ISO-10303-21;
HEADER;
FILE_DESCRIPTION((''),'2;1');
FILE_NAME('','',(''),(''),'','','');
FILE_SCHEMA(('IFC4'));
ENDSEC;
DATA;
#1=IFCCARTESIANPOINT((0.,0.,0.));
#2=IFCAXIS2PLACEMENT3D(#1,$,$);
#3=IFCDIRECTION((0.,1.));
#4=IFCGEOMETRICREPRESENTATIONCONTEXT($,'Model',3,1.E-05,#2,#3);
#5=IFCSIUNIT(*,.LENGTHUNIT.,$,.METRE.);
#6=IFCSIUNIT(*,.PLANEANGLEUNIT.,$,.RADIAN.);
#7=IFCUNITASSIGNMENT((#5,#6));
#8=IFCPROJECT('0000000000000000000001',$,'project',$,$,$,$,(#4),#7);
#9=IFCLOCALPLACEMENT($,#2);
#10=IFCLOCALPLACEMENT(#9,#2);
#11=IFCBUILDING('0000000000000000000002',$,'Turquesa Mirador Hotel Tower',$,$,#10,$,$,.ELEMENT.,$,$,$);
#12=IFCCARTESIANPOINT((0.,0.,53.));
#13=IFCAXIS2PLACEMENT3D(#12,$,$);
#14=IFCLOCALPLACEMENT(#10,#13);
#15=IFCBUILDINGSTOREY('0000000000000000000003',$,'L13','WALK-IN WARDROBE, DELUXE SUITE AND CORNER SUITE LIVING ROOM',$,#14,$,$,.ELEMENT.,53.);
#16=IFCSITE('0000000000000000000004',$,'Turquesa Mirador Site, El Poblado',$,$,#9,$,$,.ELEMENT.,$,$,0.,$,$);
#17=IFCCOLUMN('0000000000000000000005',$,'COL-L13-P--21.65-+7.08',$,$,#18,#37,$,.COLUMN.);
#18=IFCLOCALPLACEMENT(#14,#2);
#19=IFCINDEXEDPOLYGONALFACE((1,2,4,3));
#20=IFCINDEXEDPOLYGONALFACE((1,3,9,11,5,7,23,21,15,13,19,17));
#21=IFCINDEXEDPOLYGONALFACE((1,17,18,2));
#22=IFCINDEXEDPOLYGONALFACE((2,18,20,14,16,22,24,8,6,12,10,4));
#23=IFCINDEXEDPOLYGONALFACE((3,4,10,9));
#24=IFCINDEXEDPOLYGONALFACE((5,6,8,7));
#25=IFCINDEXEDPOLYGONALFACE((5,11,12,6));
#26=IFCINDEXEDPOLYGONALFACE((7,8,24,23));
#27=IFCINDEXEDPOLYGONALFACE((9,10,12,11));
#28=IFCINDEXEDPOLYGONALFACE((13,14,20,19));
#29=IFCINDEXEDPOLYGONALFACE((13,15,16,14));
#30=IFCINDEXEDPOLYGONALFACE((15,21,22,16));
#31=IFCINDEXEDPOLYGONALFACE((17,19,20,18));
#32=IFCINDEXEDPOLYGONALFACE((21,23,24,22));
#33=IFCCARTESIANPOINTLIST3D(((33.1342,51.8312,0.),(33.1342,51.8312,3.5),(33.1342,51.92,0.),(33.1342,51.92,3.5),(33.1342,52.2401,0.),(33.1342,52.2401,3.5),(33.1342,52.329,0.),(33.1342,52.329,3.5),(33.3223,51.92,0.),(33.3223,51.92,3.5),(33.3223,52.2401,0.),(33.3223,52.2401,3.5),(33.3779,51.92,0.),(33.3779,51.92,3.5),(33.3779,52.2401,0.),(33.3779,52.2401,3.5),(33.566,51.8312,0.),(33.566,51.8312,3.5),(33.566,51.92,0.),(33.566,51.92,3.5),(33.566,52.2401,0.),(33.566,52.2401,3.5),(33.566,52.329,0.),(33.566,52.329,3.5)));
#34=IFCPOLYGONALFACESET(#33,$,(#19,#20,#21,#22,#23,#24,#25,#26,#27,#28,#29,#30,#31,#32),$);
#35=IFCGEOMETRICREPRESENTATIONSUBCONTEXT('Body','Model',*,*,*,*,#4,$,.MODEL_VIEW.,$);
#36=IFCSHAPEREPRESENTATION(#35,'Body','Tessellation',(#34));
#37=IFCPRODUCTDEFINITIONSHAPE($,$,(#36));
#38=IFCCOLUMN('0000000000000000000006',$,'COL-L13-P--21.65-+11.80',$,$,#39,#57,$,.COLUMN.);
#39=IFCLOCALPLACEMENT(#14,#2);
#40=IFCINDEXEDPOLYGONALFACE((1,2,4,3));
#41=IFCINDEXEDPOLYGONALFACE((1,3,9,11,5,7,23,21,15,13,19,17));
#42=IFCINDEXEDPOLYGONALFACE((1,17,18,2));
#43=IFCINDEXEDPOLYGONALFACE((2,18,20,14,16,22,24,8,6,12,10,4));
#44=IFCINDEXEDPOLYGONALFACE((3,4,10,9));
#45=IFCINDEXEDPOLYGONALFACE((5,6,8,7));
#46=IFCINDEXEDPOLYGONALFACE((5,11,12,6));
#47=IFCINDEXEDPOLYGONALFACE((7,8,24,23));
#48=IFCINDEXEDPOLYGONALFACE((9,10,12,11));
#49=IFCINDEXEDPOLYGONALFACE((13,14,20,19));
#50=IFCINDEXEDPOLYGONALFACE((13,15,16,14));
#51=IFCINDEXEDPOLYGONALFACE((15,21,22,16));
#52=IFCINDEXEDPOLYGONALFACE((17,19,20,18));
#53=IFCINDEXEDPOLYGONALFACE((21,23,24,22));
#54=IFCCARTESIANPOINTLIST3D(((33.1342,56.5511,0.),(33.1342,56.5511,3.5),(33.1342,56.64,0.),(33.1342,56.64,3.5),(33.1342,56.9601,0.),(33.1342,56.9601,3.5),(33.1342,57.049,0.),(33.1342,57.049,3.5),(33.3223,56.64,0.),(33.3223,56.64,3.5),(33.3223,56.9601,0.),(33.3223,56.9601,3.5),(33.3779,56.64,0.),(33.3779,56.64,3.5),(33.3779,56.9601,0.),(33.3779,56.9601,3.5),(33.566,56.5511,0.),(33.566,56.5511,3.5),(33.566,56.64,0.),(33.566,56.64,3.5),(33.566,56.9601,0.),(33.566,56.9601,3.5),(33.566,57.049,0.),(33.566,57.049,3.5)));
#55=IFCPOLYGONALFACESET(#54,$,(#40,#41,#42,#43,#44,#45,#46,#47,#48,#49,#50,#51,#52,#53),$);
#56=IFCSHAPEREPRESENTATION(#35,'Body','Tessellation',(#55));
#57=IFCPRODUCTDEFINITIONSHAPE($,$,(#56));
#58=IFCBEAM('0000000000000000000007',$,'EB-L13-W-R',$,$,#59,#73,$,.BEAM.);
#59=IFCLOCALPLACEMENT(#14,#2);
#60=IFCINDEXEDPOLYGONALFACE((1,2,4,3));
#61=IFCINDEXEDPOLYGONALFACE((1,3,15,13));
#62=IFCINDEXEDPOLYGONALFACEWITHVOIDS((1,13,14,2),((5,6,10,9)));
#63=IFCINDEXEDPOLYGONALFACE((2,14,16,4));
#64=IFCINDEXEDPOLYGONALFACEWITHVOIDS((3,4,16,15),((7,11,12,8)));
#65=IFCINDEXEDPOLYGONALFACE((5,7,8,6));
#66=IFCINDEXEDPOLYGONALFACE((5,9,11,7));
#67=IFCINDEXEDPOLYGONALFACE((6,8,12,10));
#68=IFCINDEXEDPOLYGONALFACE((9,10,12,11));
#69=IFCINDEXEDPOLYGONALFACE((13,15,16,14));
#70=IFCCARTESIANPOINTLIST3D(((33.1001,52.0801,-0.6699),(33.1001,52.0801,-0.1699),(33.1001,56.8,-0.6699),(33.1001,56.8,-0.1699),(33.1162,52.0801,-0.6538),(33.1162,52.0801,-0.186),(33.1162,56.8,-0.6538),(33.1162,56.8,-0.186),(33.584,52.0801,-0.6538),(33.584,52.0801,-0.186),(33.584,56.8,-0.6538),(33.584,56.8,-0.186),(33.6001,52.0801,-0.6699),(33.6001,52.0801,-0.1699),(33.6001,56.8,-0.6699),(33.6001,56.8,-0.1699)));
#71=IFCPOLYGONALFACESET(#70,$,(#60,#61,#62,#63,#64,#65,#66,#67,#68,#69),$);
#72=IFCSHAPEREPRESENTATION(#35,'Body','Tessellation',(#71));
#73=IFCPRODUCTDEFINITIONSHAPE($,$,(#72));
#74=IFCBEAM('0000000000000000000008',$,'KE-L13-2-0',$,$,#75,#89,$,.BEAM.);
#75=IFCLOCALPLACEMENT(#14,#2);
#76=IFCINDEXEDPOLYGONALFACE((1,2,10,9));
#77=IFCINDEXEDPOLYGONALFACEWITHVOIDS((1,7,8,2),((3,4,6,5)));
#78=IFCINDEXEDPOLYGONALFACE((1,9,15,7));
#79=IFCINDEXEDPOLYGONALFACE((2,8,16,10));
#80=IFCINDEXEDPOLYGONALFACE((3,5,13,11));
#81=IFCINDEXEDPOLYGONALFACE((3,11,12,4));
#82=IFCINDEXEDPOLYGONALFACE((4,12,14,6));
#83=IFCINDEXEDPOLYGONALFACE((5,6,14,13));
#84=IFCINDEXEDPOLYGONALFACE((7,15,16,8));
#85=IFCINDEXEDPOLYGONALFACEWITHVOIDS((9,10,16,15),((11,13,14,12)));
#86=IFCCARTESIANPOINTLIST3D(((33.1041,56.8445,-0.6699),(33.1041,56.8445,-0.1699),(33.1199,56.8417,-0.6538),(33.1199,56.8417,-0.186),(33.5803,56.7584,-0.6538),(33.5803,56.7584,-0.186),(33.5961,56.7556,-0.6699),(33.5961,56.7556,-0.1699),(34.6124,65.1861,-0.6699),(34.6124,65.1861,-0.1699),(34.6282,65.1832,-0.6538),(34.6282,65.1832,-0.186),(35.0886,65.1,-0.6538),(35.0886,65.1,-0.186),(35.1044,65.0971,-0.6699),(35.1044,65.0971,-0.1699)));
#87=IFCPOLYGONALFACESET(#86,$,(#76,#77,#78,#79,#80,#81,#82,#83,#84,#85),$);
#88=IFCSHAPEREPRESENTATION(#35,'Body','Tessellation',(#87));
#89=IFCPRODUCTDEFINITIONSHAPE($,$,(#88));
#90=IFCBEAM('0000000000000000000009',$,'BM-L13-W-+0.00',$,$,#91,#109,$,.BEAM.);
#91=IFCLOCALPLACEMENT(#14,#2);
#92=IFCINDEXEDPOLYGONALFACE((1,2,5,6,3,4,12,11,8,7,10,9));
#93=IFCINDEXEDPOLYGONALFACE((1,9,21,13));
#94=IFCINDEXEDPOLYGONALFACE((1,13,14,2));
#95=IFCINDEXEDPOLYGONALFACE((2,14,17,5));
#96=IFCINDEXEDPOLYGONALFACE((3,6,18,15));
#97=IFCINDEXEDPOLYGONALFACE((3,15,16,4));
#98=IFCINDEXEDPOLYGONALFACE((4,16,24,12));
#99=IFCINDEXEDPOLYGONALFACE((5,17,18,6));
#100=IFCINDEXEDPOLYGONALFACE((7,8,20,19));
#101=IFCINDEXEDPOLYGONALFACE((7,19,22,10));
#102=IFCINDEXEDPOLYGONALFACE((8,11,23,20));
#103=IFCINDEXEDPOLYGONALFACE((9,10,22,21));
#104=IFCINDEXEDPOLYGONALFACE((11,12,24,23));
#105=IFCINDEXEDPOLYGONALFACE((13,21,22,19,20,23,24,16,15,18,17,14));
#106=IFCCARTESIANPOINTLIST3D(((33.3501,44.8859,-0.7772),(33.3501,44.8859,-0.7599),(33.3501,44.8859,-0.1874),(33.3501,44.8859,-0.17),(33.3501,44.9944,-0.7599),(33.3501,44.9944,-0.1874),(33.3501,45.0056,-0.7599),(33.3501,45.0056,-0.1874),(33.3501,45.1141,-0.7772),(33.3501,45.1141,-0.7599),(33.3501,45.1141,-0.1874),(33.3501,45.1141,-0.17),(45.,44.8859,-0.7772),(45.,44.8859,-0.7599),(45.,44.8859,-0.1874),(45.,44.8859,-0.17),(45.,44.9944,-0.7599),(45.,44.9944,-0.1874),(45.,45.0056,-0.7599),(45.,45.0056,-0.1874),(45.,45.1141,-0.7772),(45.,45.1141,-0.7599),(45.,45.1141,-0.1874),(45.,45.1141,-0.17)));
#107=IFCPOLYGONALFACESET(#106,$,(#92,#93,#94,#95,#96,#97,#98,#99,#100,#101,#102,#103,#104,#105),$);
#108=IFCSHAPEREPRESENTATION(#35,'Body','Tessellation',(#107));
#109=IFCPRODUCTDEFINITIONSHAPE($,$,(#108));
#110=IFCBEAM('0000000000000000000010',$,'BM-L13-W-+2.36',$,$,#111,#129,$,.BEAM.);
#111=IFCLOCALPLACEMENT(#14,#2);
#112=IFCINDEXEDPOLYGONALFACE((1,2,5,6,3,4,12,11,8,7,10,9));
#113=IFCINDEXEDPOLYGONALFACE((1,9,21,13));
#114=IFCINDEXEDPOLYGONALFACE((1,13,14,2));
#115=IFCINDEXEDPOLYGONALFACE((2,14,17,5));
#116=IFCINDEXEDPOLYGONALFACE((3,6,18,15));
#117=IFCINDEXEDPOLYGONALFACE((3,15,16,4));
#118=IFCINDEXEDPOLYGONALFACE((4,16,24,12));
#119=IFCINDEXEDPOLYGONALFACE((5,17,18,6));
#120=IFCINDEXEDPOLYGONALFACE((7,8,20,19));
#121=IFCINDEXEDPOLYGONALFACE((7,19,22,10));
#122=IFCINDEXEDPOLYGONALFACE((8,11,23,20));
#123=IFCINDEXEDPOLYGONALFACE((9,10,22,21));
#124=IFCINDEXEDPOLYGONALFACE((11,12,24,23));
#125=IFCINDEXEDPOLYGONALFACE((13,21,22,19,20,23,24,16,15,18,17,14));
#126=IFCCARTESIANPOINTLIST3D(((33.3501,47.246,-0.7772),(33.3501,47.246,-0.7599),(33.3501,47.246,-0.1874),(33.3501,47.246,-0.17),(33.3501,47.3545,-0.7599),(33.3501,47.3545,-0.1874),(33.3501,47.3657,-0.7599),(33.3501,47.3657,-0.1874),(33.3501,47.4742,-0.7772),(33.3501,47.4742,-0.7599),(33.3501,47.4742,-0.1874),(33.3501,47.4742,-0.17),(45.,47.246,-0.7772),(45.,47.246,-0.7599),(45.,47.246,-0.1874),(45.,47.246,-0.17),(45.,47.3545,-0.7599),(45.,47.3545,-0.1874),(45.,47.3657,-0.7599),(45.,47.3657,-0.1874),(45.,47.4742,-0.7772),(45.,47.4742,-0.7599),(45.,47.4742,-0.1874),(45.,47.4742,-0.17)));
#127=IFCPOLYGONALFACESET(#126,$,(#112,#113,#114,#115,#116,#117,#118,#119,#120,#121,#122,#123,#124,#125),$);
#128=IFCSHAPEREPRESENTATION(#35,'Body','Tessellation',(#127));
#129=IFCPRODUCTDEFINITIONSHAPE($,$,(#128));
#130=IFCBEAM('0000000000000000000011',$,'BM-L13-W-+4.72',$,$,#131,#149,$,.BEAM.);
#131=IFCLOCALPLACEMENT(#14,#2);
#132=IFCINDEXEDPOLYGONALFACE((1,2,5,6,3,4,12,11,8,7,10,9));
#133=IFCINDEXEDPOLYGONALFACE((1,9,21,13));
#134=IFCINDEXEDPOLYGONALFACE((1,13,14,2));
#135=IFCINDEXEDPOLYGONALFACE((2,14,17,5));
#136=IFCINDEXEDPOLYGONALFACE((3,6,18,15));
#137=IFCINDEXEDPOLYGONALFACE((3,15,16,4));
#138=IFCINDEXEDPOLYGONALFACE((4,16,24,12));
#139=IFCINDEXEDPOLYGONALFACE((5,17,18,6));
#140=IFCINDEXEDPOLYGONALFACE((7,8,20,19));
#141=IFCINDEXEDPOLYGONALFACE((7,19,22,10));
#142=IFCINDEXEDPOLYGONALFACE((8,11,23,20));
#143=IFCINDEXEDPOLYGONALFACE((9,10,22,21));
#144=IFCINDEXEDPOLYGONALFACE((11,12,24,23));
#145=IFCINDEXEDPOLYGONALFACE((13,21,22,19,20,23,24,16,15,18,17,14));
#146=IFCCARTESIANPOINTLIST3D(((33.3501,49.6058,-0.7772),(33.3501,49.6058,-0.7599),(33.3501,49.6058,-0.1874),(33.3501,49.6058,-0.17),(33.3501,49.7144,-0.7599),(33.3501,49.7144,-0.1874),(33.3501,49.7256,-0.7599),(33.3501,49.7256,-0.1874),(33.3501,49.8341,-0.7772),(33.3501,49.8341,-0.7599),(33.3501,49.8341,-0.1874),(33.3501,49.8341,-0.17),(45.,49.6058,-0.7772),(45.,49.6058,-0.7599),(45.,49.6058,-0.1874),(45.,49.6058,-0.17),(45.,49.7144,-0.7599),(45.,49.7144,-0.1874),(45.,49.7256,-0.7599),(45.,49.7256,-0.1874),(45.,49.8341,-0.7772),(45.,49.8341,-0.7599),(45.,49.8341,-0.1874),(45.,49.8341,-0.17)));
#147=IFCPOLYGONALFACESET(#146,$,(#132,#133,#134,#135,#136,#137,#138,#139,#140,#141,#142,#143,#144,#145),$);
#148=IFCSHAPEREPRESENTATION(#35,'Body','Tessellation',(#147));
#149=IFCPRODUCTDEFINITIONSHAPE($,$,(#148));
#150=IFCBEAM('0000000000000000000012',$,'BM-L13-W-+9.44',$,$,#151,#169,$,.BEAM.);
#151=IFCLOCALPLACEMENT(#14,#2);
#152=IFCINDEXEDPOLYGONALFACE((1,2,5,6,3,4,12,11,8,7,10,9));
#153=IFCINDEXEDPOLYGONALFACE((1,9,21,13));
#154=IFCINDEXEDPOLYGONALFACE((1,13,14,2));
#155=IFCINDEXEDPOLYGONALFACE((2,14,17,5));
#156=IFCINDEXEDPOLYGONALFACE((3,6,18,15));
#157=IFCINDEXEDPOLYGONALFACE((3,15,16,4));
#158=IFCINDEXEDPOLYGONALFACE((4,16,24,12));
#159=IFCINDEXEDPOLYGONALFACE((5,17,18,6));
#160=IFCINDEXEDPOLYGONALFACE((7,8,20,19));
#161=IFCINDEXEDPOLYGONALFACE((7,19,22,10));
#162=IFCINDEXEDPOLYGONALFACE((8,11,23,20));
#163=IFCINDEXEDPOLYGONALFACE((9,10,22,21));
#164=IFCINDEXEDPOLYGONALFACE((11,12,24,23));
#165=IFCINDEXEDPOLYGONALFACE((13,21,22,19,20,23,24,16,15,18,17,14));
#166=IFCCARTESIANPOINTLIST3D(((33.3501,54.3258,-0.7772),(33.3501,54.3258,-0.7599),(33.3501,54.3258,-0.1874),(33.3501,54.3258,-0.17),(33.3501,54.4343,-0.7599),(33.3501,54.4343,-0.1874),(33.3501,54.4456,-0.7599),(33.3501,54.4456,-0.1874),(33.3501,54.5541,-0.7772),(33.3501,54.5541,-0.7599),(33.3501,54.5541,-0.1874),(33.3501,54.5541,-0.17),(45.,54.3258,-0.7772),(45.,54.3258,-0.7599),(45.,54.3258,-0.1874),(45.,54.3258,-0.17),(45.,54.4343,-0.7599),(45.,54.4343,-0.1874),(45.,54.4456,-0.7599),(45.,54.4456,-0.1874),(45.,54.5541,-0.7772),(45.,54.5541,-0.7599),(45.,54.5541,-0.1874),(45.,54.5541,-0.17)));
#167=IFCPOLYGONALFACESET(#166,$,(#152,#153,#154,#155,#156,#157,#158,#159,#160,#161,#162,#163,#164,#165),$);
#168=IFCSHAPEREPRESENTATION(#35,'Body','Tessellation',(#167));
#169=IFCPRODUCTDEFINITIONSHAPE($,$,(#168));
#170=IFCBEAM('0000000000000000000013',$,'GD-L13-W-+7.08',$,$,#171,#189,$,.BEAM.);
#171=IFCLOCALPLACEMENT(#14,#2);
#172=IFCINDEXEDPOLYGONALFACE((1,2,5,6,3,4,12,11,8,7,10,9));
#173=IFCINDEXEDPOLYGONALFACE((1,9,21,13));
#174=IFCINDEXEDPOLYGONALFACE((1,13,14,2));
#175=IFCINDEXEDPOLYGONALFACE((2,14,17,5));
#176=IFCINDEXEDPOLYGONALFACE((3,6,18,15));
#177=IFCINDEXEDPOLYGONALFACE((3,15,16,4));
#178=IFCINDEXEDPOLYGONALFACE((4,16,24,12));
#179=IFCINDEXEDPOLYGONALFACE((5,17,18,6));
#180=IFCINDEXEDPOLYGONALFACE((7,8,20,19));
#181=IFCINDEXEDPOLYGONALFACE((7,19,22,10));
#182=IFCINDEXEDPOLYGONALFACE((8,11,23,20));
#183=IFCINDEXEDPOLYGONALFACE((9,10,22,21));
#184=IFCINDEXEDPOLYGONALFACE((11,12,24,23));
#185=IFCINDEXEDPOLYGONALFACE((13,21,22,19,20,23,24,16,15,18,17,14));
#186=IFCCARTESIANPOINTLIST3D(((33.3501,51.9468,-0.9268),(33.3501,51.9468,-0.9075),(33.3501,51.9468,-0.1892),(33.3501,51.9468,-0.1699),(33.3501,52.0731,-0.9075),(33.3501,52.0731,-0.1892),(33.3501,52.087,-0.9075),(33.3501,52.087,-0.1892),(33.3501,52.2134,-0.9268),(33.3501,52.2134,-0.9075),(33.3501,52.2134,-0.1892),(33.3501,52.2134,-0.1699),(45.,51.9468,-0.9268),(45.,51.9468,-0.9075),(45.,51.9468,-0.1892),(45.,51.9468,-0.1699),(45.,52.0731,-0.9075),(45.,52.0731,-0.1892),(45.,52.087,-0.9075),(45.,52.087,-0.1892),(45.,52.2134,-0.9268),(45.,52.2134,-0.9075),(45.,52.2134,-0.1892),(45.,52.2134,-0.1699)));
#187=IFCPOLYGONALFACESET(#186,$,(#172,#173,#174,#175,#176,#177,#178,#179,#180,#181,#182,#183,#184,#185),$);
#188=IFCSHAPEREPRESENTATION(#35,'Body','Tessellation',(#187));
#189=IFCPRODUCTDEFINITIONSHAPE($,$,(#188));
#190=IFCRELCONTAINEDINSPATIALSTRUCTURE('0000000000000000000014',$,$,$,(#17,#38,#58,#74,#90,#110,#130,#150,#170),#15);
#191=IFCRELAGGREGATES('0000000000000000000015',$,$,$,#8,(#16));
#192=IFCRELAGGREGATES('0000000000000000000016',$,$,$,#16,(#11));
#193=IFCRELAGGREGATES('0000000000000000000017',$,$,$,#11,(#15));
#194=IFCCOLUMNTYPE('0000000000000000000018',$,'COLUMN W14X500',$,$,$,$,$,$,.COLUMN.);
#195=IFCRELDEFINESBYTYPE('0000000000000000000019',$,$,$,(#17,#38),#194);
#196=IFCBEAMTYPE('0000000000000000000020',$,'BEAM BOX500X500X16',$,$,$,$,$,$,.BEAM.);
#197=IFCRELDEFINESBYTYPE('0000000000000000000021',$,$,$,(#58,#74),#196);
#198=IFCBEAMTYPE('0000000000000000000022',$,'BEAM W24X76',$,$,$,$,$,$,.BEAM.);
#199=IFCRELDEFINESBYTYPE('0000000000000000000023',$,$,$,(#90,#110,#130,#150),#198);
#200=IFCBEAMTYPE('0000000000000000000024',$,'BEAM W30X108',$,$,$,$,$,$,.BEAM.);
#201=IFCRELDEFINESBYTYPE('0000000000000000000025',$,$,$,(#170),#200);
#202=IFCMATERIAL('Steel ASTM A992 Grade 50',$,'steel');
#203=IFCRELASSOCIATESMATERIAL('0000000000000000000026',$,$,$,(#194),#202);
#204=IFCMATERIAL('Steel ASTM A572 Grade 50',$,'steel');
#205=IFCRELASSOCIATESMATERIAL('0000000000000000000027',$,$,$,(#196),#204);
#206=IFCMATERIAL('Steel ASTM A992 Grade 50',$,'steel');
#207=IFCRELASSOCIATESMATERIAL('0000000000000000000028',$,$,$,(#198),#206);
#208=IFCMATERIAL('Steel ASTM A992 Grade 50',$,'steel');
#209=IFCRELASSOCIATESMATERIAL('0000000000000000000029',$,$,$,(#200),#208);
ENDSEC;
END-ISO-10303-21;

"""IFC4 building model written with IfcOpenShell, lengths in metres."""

from ifc_helpers import new_model, si_unit, direction, frame, origin, origin_2d, place, context, subcontext, project, spatial, hollow_rectangle, i_section, extrude, material, material_profile, profile_set, type_object, element, save


model = new_model("IFC4")

# Units and contexts
model_context = context("Model", 3, precision=1e-05, world=origin(), true_north=direction((0.0, 1.0)))
body_context = subcontext(model_context, "Body", "Model", "MODEL_VIEW")
ifc_project = project(units=[si_unit("LENGTHUNIT", "METRE"), si_unit("PLANEANGLEUNIT", "RADIAN")], contexts=[model_context])

# Site, building, storey
site_placement = place(None, origin())
site = spatial("IfcSite", under=ifc_project, at=site_placement, Name="Turquesa Mirador Site, El Poblado", CompositionType="ELEMENT", RefElevation=0.0)
building_placement = place(site_placement, origin())
building = spatial("IfcBuilding", under=site, at=building_placement, Name="Turquesa Mirador Hotel Tower", CompositionType="ELEMENT")
storey_placement = place(building_placement, frame((0.0, 0.0, 53.0)))
storey = spatial("IfcBuildingStorey", under=building, at=storey_placement, Name="L13", Description="WALK-IN WARDROBE, DELUXE SUITE AND CORNER SUITE LIVING ROOM", CompositionType="ELEMENT", Elevation=53.0)

# Columns
ifc_material_1 = material(Name="Steel ASTM A992 Grade 50", Category="steel")
ifc_material_profile_1 = material_profile(ifc_material_1, i_section(OverallWidth=0.4319, OverallDepth=0.4978, WebThickness=0.0557, FlangeThickness=0.0889, at=origin_2d()), Name="W14X500")
ifc_profile_set_1 = profile_set([ifc_material_profile_1], Name="Steel ASTM A992 Grade 50")
column_type = type_object("IfcColumnType", Name="COLUMN W14X500", PredefinedType="COLUMN", material=ifc_profile_set_1)
for number, where, z_axis, x_axis, name in (
    (1, (33.3501, 52.0801, 0.0), (0.0, 0.0, 1.0), (1.0, 0.0, 0.0), "COL-L13-P--21.65-+7.08"),
    (2, (33.3501, 56.8, 0.0), (0.0, 0.0, 1.0), (1.0, 0.0, 0.0), "COL-L13-P--21.65-+11.80"),
):
    element("IfcColumn", number, at=place(storey_placement, frame(where, z_axis=z_axis, x_axis=x_axis)), inside=storey, type_object=column_type, Name=name, PredefinedType="COLUMN", context=body_context, shape_type="SweptSolid", body=[
        extrude(i_section(OverallWidth=0.4319, OverallDepth=0.4978, WebThickness=0.0557, FlangeThickness=0.0889, at=origin_2d()), origin(), (0.0, 0.0, 1.0), 3.5),
    ])

# Beams
ifc_material_2 = material(Name="Steel ASTM A572 Grade 50", Category="steel")
ifc_material_profile_2 = material_profile(ifc_material_2, hollow_rectangle(XDim=0.5, YDim=0.5, WallThickness=0.0161, at=origin_2d()), Name="BOX500X500X16")
ifc_profile_set_2 = profile_set([ifc_material_profile_2], Name="Steel ASTM A572 Grade 50")
beam_type_1 = type_object("IfcBeamType", Name="BEAM BOX500X500X16", PredefinedType="BEAM", material=ifc_profile_set_2)
beam_1_placement = place(storey_placement, frame((33.3501, 52.0801, -0.4199), z_axis=(0.0, 1.0, 0.0), x_axis=(-1.0, 0.0, 0.0)))
element("IfcBeam", 3, at=beam_1_placement, inside=storey, type_object=beam_type_1, Name="EB-L13-W-R", PredefinedType="BEAM", context=body_context, shape_type="SweptSolid", body=[
    extrude(hollow_rectangle(XDim=0.5, YDim=0.5, WallThickness=0.0161, at=origin_2d()), origin(), (0.0, 0.0, 1.0), 4.72),
])
beam_2_placement = place(storey_placement, frame((33.3501, 56.8, -0.4199), z_axis=(0.177932, 0.984043, 0.0), x_axis=(-0.984043, 0.177932, 0.0)))
element("IfcBeam", 4, at=beam_2_placement, inside=storey, type_object=beam_type_1, Name="KE-L13-2-0", PredefinedType="BEAM", context=body_context, shape_type="SweptSolid", body=[
    extrude(hollow_rectangle(XDim=0.5, YDim=0.5, WallThickness=0.0161, at=origin_2d()), origin(), (0.0, 0.0, 1.0), 8.4768),
])
ifc_material_3 = material(Name="Steel ASTM A992 Grade 50", Category="steel")
ifc_material_profile_3 = material_profile(ifc_material_3, i_section(OverallWidth=0.2283, OverallDepth=0.6072, WebThickness=0.0112, FlangeThickness=0.0173, at=origin_2d()), Name="W24X76")
ifc_profile_set_3 = profile_set([ifc_material_profile_3], Name="Steel ASTM A992 Grade 50")
beam_type_2 = type_object("IfcBeamType", Name="BEAM W24X76", PredefinedType="BEAM", material=ifc_profile_set_3)
for number, where, z_axis, x_axis, name in (
    (5, (33.3501, 45.0, -0.4736), (1.0, 0.0, 0.0), (0.0, 1.0, 0.0), "BM-L13-W-+0.00"),
    (6, (33.3501, 47.3601, -0.4736), (1.0, 0.0, 0.0), (0.0, 1.0, 0.0), "BM-L13-W-+2.36"),
    (7, (33.3501, 49.72, -0.4736), (1.0, 0.0, 0.0), (0.0, 1.0, 0.0), "BM-L13-W-+4.72"),
    (8, (33.3501, 54.4399, -0.4736), (1.0, 0.0, 0.0), (0.0, 1.0, 0.0), "BM-L13-W-+9.44"),
):
    element("IfcBeam", number, at=place(storey_placement, frame(where, z_axis=z_axis, x_axis=x_axis)), inside=storey, type_object=beam_type_2, Name=name, PredefinedType="BEAM", context=body_context, shape_type="SweptSolid", body=[
        extrude(i_section(OverallWidth=0.2283, OverallDepth=0.6072, WebThickness=0.0112, FlangeThickness=0.0173, at=origin_2d()), origin(), (0.0, 0.0, 1.0), 11.6499),
    ])
ifc_material_4 = material(Name="Steel ASTM A992 Grade 50", Category="steel")
ifc_material_profile_4 = material_profile(ifc_material_4, i_section(OverallWidth=0.2666, OverallDepth=0.7568, WebThickness=0.0139, FlangeThickness=0.0193, at=origin_2d()), Name="W30X108")
ifc_profile_set_4 = profile_set([ifc_material_profile_4], Name="Steel ASTM A992 Grade 50")
beam_type_3 = type_object("IfcBeamType", Name="BEAM W30X108", PredefinedType="BEAM", material=ifc_profile_set_4)
beam_3_placement = place(storey_placement, frame((33.3501, 52.0801, -0.5483), z_axis=(1.0, 0.0, 0.0), x_axis=(0.0, 1.0, 0.0)))
element("IfcBeam", 9, at=beam_3_placement, inside=storey, type_object=beam_type_3, Name="GD-L13-W-+7.08", PredefinedType="BEAM", context=body_context, shape_type="SweptSolid", body=[
    extrude(i_section(OverallWidth=0.2666, OverallDepth=0.7568, WebThickness=0.0139, FlangeThickness=0.0193, at=origin_2d()), origin(), (0.0, 0.0, 1.0), 11.6499),
])

save(model, "model.ifc")
